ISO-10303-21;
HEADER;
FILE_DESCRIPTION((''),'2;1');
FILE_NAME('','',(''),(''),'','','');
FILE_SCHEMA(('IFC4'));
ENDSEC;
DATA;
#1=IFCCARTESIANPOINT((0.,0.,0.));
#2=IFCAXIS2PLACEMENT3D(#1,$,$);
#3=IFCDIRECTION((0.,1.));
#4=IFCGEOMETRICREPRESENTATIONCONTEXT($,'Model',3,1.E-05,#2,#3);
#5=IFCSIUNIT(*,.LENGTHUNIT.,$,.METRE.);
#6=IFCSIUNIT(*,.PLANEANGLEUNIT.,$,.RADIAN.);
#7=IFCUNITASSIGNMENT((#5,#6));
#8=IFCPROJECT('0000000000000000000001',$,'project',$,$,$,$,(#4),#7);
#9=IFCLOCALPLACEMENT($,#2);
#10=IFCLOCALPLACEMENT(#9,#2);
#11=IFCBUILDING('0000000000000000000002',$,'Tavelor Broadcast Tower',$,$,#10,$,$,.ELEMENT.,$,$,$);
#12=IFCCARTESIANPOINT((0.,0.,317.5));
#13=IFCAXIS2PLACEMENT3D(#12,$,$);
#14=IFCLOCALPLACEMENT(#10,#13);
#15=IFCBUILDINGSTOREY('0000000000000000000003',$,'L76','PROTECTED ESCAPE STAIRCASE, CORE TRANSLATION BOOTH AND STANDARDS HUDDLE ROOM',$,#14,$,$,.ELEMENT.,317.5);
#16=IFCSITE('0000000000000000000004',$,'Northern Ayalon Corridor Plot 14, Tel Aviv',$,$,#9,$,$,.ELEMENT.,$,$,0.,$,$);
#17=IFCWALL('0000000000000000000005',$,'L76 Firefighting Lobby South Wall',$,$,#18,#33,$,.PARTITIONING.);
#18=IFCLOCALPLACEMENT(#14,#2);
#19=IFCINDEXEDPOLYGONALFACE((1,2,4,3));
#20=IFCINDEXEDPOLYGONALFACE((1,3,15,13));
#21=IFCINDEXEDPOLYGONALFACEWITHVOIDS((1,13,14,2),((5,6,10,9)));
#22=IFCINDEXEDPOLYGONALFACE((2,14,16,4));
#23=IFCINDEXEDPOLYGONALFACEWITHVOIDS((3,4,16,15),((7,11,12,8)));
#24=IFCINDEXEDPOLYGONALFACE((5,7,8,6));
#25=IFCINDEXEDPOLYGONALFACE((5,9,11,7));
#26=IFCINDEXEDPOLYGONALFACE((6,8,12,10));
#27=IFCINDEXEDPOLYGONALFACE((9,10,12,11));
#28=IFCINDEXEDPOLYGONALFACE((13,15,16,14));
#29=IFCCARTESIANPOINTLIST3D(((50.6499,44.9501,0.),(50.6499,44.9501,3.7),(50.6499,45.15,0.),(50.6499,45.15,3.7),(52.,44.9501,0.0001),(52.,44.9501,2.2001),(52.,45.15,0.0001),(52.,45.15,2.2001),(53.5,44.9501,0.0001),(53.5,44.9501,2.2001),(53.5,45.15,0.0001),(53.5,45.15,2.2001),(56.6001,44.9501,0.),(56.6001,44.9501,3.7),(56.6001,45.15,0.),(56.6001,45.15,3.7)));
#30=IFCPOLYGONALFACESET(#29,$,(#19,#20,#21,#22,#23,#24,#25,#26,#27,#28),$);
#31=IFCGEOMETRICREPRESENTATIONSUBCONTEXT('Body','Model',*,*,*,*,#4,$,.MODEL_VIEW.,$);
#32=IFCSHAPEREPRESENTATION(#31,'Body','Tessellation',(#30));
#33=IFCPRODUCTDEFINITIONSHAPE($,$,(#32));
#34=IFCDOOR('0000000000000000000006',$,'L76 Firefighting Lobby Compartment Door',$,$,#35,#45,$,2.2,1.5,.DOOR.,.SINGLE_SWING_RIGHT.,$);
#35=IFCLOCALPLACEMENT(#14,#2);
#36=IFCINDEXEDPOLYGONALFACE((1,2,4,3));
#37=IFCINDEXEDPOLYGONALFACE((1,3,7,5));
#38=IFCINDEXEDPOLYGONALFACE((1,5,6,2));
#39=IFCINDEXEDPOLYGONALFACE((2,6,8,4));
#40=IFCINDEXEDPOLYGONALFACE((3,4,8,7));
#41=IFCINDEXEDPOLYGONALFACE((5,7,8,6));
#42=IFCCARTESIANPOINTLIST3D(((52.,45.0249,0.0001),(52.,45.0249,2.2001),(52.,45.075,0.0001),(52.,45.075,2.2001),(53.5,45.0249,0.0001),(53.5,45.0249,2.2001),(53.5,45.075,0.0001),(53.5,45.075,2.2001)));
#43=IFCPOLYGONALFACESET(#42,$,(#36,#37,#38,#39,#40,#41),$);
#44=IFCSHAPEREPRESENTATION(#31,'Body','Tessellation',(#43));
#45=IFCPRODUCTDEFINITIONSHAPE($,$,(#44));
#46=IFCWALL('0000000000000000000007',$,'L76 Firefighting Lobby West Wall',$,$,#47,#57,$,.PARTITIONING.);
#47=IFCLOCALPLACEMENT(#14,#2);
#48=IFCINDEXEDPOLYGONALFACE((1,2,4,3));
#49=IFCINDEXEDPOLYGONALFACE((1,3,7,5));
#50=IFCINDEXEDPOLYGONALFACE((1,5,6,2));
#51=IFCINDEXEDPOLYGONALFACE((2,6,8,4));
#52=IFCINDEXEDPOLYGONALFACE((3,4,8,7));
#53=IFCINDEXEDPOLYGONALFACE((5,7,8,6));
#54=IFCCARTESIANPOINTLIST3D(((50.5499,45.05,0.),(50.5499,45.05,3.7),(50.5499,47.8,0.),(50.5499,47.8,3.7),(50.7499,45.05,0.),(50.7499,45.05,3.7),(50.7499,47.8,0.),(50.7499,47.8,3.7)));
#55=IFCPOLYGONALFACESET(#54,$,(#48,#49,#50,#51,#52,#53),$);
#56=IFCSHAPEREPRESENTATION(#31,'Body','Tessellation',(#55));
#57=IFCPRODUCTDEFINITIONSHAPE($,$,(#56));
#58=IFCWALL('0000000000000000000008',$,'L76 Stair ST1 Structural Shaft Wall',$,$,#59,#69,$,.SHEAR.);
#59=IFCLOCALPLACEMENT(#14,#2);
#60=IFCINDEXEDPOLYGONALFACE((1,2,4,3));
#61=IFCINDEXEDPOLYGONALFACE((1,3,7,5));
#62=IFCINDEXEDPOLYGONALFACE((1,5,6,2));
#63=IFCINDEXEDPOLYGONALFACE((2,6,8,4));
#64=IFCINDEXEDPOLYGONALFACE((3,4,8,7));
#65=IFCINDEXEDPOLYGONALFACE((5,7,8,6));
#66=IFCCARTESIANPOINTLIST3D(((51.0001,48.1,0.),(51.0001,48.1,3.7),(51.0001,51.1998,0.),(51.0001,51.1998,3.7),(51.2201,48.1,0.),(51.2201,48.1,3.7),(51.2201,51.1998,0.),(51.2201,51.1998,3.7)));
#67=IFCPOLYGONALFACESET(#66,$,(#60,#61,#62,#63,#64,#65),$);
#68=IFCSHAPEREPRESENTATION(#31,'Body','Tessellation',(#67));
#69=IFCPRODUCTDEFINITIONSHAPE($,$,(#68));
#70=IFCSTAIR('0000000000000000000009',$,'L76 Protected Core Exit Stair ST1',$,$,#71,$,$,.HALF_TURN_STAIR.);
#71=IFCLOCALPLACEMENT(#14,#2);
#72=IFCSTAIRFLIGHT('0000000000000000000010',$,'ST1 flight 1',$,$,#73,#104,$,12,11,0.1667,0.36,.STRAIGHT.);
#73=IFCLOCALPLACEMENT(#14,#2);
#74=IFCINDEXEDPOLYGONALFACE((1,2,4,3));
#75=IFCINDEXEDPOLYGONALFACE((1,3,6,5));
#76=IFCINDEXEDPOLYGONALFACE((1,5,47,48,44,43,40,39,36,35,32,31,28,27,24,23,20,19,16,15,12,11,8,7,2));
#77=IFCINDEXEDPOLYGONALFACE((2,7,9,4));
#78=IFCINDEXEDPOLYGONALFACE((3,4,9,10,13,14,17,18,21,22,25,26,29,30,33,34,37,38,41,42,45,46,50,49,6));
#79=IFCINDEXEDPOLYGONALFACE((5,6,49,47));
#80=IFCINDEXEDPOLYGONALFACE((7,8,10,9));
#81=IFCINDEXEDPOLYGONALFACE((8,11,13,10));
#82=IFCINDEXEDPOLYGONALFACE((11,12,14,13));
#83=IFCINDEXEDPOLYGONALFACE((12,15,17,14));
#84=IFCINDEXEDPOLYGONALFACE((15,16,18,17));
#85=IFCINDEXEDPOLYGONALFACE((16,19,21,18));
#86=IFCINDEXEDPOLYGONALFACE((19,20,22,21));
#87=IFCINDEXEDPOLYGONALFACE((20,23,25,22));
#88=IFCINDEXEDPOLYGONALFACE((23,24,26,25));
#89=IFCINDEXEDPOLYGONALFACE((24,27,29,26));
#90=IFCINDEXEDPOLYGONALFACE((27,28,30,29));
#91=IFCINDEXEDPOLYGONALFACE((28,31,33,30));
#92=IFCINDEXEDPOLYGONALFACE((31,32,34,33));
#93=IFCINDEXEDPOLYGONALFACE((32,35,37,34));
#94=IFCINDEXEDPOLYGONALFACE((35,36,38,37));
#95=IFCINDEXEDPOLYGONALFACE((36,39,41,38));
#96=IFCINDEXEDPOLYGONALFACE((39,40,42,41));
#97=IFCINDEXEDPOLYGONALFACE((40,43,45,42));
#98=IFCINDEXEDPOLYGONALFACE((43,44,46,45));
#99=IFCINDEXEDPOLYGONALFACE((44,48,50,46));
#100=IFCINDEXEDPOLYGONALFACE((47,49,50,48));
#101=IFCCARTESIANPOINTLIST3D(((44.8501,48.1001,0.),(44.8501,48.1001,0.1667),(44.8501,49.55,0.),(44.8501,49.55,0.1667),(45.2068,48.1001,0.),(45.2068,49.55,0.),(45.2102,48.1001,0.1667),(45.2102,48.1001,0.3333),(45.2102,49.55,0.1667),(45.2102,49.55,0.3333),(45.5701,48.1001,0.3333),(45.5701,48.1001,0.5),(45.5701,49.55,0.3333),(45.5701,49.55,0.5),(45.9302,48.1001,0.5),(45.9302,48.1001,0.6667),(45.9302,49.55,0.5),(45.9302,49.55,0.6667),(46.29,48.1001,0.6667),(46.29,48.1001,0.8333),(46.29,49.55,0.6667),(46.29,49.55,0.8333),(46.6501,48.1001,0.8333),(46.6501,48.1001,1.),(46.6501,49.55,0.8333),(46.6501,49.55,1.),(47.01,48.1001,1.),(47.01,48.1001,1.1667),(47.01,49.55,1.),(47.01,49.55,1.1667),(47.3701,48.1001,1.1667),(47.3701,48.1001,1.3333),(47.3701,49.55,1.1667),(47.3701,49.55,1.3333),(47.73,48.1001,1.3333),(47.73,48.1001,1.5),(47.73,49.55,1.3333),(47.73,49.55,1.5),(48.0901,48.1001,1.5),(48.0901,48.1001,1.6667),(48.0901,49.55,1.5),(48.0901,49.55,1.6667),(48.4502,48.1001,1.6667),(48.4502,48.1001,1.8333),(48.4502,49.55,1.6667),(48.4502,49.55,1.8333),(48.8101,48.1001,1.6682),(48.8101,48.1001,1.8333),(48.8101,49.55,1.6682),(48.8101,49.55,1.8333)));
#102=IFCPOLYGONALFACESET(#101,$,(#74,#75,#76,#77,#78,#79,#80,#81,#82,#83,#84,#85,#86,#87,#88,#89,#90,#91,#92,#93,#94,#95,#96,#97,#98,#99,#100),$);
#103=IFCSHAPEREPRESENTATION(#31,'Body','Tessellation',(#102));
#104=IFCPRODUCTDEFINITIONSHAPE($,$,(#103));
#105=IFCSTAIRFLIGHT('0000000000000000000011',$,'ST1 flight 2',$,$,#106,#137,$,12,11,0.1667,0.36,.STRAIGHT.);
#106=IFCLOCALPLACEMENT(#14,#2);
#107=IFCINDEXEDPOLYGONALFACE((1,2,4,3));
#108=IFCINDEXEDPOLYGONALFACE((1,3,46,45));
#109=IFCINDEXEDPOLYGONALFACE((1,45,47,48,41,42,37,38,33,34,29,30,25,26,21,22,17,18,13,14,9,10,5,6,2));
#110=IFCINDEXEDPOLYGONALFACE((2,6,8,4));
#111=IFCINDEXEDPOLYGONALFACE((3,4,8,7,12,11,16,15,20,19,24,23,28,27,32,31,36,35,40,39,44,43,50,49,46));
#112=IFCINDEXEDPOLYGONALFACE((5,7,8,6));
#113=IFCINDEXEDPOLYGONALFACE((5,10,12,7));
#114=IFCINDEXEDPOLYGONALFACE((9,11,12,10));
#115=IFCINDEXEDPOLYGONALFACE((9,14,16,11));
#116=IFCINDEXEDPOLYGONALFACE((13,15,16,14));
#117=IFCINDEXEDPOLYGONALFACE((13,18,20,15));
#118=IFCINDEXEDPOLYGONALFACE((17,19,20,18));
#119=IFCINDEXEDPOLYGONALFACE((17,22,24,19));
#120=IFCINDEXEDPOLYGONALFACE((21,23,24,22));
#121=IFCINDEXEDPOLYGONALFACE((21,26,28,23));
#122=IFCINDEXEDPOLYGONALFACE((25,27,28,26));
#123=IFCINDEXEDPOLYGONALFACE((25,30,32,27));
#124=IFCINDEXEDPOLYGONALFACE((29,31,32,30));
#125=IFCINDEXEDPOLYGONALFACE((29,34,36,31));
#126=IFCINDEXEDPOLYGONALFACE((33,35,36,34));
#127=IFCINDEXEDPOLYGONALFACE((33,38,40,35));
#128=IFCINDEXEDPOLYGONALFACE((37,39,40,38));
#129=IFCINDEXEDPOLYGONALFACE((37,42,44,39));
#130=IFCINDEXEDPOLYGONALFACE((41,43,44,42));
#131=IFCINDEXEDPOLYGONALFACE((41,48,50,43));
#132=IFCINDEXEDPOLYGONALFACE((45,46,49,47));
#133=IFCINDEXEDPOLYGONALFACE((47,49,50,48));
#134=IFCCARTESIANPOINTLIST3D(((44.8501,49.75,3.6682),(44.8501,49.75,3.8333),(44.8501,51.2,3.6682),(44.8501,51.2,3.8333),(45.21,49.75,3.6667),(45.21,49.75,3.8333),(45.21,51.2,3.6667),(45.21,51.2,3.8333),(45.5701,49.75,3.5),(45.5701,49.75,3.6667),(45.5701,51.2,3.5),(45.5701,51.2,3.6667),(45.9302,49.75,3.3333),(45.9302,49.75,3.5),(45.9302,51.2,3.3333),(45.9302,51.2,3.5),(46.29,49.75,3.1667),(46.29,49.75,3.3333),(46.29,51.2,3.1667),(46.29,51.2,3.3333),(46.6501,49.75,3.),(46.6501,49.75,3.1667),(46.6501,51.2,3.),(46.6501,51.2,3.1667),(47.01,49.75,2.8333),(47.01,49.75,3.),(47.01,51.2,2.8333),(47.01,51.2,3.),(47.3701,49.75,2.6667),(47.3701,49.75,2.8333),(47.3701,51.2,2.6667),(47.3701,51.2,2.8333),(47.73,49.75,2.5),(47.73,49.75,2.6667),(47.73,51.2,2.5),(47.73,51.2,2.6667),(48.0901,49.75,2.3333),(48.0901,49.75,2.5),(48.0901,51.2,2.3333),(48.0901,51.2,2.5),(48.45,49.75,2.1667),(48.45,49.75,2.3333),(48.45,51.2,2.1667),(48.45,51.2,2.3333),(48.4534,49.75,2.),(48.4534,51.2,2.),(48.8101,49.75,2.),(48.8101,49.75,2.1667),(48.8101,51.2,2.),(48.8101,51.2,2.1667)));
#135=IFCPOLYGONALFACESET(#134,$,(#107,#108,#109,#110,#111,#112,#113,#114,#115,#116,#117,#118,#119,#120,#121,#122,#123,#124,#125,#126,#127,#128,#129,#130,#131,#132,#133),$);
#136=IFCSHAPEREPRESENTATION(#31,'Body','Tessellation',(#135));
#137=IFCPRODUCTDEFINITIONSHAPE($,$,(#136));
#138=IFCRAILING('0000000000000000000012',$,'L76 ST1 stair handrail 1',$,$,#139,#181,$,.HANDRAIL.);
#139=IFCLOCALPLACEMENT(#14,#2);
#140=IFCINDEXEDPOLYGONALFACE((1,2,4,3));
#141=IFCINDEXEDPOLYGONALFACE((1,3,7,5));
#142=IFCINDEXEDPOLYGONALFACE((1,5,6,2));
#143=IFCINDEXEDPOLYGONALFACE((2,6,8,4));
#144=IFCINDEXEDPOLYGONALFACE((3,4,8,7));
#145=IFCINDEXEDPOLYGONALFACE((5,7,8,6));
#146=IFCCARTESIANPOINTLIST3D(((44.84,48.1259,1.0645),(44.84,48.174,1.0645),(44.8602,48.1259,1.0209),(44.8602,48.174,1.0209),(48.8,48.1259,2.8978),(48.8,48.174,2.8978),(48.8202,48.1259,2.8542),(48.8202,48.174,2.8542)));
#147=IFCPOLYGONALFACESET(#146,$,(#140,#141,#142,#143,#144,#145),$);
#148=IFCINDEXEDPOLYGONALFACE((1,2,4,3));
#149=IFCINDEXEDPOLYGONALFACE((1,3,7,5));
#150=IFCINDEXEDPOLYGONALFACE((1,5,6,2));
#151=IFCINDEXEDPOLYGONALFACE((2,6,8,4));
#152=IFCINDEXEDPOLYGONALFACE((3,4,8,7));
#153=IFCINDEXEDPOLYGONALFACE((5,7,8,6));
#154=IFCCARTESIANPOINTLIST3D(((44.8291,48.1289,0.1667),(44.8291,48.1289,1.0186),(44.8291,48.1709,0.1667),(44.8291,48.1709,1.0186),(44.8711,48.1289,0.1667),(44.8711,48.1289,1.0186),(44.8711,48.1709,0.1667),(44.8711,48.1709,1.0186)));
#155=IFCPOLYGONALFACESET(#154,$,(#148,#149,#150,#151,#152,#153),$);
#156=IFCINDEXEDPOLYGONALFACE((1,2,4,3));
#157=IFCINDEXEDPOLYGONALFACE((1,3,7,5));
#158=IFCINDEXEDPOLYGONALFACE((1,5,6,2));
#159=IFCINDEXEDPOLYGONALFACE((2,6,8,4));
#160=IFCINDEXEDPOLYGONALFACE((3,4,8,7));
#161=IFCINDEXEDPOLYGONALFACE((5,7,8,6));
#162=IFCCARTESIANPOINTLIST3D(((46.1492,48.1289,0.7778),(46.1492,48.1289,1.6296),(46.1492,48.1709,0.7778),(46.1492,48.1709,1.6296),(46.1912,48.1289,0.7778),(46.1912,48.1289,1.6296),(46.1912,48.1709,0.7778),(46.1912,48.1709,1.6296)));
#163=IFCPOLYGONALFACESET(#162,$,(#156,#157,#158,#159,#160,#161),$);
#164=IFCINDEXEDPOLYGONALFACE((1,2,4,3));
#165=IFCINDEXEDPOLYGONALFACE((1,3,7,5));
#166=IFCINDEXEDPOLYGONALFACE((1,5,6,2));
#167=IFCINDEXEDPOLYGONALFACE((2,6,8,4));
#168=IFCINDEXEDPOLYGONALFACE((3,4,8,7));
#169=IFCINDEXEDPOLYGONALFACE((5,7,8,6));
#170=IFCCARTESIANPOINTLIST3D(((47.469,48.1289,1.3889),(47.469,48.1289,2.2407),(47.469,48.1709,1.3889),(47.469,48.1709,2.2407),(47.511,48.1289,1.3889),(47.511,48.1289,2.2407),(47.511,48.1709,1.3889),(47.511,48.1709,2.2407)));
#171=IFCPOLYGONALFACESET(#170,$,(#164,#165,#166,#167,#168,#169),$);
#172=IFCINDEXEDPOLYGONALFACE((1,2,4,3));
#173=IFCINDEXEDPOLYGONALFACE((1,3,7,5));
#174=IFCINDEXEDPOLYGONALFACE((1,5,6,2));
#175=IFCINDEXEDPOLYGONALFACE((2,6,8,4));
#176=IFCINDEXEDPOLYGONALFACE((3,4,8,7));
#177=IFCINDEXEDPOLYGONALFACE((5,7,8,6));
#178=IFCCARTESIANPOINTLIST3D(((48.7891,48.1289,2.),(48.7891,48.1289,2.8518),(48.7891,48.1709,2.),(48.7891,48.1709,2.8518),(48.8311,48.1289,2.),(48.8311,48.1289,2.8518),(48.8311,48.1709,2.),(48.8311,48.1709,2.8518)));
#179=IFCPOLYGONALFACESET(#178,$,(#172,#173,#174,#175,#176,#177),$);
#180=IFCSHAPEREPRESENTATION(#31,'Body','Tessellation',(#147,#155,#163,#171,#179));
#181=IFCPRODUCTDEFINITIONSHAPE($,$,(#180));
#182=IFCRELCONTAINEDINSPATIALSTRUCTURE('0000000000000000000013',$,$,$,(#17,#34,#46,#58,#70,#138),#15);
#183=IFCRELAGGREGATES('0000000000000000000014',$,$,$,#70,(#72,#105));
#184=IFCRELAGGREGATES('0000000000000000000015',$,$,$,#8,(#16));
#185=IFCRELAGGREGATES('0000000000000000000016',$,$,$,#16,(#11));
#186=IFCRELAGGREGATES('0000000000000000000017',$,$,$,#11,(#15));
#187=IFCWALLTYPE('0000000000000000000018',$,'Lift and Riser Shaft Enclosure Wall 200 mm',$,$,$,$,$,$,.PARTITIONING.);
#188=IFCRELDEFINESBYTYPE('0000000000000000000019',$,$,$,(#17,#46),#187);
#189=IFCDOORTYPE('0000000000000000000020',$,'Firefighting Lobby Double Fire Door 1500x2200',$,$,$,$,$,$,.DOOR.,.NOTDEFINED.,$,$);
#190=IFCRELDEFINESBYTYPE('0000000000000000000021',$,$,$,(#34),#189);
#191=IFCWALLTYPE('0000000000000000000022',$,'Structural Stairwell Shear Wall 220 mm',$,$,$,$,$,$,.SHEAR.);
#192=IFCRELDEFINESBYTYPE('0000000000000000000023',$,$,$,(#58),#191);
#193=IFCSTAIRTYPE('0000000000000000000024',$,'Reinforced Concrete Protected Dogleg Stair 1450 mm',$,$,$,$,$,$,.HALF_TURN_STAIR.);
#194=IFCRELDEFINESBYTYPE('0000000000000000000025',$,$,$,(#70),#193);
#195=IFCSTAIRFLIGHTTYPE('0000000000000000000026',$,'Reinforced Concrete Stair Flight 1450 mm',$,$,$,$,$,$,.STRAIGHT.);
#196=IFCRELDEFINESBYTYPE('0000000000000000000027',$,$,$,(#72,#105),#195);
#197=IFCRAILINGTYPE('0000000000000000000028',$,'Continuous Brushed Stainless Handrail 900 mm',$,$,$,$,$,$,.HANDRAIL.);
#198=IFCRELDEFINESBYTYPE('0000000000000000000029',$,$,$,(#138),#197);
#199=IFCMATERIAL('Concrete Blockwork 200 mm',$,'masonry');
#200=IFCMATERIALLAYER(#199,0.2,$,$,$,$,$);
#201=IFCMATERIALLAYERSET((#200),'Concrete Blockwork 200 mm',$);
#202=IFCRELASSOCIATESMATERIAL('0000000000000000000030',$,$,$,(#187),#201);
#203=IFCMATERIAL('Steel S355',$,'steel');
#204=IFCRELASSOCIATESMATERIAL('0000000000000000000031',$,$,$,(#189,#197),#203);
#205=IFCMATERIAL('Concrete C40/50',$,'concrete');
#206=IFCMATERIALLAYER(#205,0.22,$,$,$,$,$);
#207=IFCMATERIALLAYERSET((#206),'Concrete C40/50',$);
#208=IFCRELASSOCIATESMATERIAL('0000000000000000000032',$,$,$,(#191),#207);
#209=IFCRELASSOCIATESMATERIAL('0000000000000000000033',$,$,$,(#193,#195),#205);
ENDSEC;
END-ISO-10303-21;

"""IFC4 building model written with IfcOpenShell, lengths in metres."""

from ifc_helpers import new_model, si_unit, direction, frame, frame_2d, origin, origin_2d, place, context, subcontext, project, spatial, polyline, rectangle, outline, extrude, material, layer, layer_set, type_object, element, fill, aggregate, save


model = new_model("IFC4")

# Units and contexts
model_context = context("Model", 3, precision=1e-05, world=origin(), true_north=direction((0.0, 1.0)))
body_context = subcontext(model_context, "Body", "Model", "MODEL_VIEW")
ifc_project = project(units=[si_unit("LENGTHUNIT", "METRE"), si_unit("PLANEANGLEUNIT", "RADIAN")], contexts=[model_context])

# Site, building, storey
site_placement = place(None, origin())
site = spatial("IfcSite", under=ifc_project, at=site_placement, Name="Northern Ayalon Corridor Plot 14, Tel Aviv", CompositionType="ELEMENT", RefElevation=0.0)
building_placement = place(site_placement, origin())
building = spatial("IfcBuilding", under=site, at=building_placement, Name="Tavelor Broadcast Tower", CompositionType="ELEMENT")
storey_placement = place(building_placement, frame((0.0, 0.0, 317.5)))
storey = spatial("IfcBuildingStorey", under=building, at=storey_placement, Name="L76", Description="PROTECTED ESCAPE STAIRCASE, CORE TRANSLATION BOOTH AND STANDARDS HUDDLE ROOM", CompositionType="ELEMENT", Elevation=317.5)

# Shared definitions
ifc_material_1 = material(Name="Steel S355", Category="steel")

# Shared definitions
ifc_material_2 = material(Name="Concrete Blockwork 200 mm", Category="masonry")

# Shared definitions
ifc_layer_1 = layer(ifc_material_2, 0.2)
ifc_layer_set_1 = layer_set([ifc_layer_1], Name="Concrete Blockwork 200 mm")
wall_type_1 = type_object("IfcWallType", Name="Lift and Riser Shaft Enclosure Wall 200 mm", PredefinedType="PARTITIONING", material=ifc_layer_set_1)

# Wall, opening, door
wall_1_placement = place(storey_placement, frame((50.6499, 45.05, 0.0), z_axis=(0.0, 0.0, 1.0), x_axis=(1.0, 0.0, 0.0)))
wall_1 = element("IfcWall", 1, at=wall_1_placement, inside=storey, type_object=wall_type_1, Name="L76 Firefighting Lobby South Wall", PredefinedType="PARTITIONING", context=body_context, shape_type="SweptSolid", body=[
    extrude(rectangle(XDim=5.9502, YDim=0.2, at=frame_2d((2.9751, 0.0))), origin(), (0.0, 0.0, 1.0), 3.7),
])
opening_1_placement = place(wall_1_placement, frame((1.3501, 0.0, 0.0)))
opening_1 = element("IfcOpeningElement", 2, at=opening_1_placement, cuts=wall_1, PredefinedType="OPENING", context=body_context, shape_type="SweptSolid", body=[
    extrude(rectangle(XDim=1.5, YDim=2.2, at=frame_2d((0.75, 1.1001))), frame((0.0, 0.1099, 0.0), z_axis=(0.0, -1.0, 0.0), x_axis=(1.0, 0.0, 0.0)), (0.0, 0.0, 1.0), 0.22),
])
door_type_1 = type_object("IfcDoorType", Name="Firefighting Lobby Double Fire Door 1500x2200", OperationType="NOTDEFINED", PredefinedType="DOOR", material=ifc_material_1)
door_1_placement = place(opening_1_placement, origin())
door_1 = element("IfcDoor", 3, at=door_1_placement, inside=storey, type_object=door_type_1, Name="L76 Firefighting Lobby Compartment Door", OperationType="SINGLE_SWING_RIGHT", OverallHeight=2.2, OverallWidth=1.5, PredefinedType="DOOR", context=body_context, shape_type="SweptSolid", body=[
    extrude(rectangle(XDim=1.5, YDim=2.2, at=frame_2d((0.75, 1.1001))), frame((0.0, 0.0249, 0.0), z_axis=(0.0, -1.0, 0.0), x_axis=(1.0, 0.0, 0.0)), (0.0, 0.0, 1.0), 0.05),
])
fill(opening_1, door_1)

# Walls
wall_2_placement = place(storey_placement, frame((50.6499, 45.05, 0.0), z_axis=(0.0, 0.0, 1.0), x_axis=(0.0, 1.0, 0.0)))
element("IfcWall", 4, at=wall_2_placement, inside=storey, type_object=wall_type_1, Name="L76 Firefighting Lobby West Wall", PredefinedType="PARTITIONING", context=body_context, shape_type="SweptSolid", body=[
    extrude(rectangle(XDim=2.75, YDim=0.2, at=frame_2d((1.375, 0.0))), origin(), (0.0, 0.0, 1.0), 3.7),
])
ifc_material_3 = material(Name="Concrete C40/50", Category="concrete")
ifc_layer_2 = layer(ifc_material_3, 0.22)
ifc_layer_set_2 = layer_set([ifc_layer_2], Name="Concrete C40/50")
wall_type_2 = type_object("IfcWallType", Name="Structural Stairwell Shear Wall 220 mm", PredefinedType="SHEAR", material=ifc_layer_set_2)
wall_3_placement = place(storey_placement, frame((51.1101, 48.1001, 0.0), z_axis=(0.0, 0.0, 1.0), x_axis=(0.0, 1.0, 0.0)))
element("IfcWall", 5, at=wall_3_placement, inside=storey, type_object=wall_type_2, Name="L76 Stair ST1 Structural Shaft Wall", PredefinedType="SHEAR", context=body_context, shape_type="SweptSolid", body=[
    extrude(rectangle(XDim=3.0999, YDim=0.22, at=frame_2d((1.5498, 0.0))), origin(), (0.0, 0.0, 1.0), 3.7),
])

# Stair, stair flights
stair_type = type_object("IfcStairType", Name="Reinforced Concrete Protected Dogleg Stair 1450 mm", PredefinedType="HALF_TURN_STAIR", material=ifc_material_3)
stair_placement = place(storey_placement, origin())
stair = element("IfcStair", 6, at=stair_placement, inside=storey, type_object=stair_type, Name="L76 Protected Core Exit Stair ST1", PredefinedType="HALF_TURN_STAIR")
stair_flight_type = type_object("IfcStairFlightType", Name="Reinforced Concrete Stair Flight 1450 mm", PredefinedType="STRAIGHT", material=ifc_material_3)
stair_flight_1_placement = place(storey_placement, frame((44.8501, 48.825, 0.0), z_axis=(0.0, 0.0, 1.0), x_axis=(1.0, 0.0, 0.0)))
stair_flight_1 = element("IfcStairFlight", 7, at=stair_flight_1_placement, type_object=stair_flight_type, Name="ST1 flight 1", NumberOfRisers=12, NumberOfTreads=11, PredefinedType="STRAIGHT", RiserHeight=0.1667, TreadLength=0.36, context=body_context, shape_type="SweptSolid", body=[
    extrude(outline(polyline([(0.0, 0.0), (0.0, 0.1667), (0.3601, 0.1667), (0.3601, 0.3333), (0.72, 0.3333), (0.72, 0.5), (1.0801, 0.5), (1.0801, 0.6667), (1.4399, 0.6667), (1.4399, 0.8333), (1.8, 0.8333), (1.8, 1.0), (2.1599, 1.0), (2.1599, 1.1667), (2.52, 1.1667), (2.52, 1.3333), (2.8799, 1.3333), (2.8799, 1.5), (3.24, 1.5), (3.24, 1.6667), (3.6001, 1.6667), (3.6001, 1.8333), (3.96, 1.8333), (3.96, 2.0), (3.96, 1.6682), (0.3567, 0.0), (0.0, 0.0)])), frame((0.0, 0.7251, 0.0), z_axis=(0.0, -1.0, 0.0), x_axis=(1.0, 0.0, 0.0)), (0.0, 0.0, 1.0), 1.45),
])
stair_flight_2_placement = place(storey_placement, frame((48.8101, 50.4751, 2.0), z_axis=(0.0, 0.0, 1.0), x_axis=(-1.0, 0.0, 0.0)))
stair_flight_2 = element("IfcStairFlight", 8, at=stair_flight_2_placement, type_object=stair_flight_type, Name="ST1 flight 2", NumberOfRisers=12, NumberOfTreads=11, PredefinedType="STRAIGHT", RiserHeight=0.1667, TreadLength=0.36, context=body_context, shape_type="SweptSolid", body=[
    extrude(outline(polyline([(0.0, 0.0), (0.0, 0.1667), (0.3601, 0.1667), (0.3601, 0.3333), (0.72, 0.3333), (0.72, 0.5), (1.0801, 0.5), (1.0801, 0.6667), (1.4399, 0.6667), (1.4399, 0.8333), (1.8, 0.8333), (1.8, 1.0), (2.1599, 1.0), (2.1599, 1.1667), (2.52, 1.1667), (2.52, 1.3333), (2.8799, 1.3333), (2.8799, 1.5), (3.24, 1.5), (3.24, 1.6667), (3.6001, 1.6667), (3.6001, 1.8333), (3.96, 1.8333), (3.96, 2.0), (3.96, 1.6682), (0.3567, 0.0), (0.0, 0.0)])), frame((0.0, 0.7251, 0.0), z_axis=(0.0, -1.0, 0.0), x_axis=(1.0, 0.0, 0.0)), (0.0, 0.0, 1.0), 1.45),
])
aggregate(stair, [stair_flight_1, stair_flight_2])

# Railing
railing_type_1 = type_object("IfcRailingType", Name="Continuous Brushed Stainless Handrail 900 mm", PredefinedType="HANDRAIL", material=ifc_material_1)
railing_1_placement = place(storey_placement, frame((44.8501, 48.1499, 0.1667)))
element("IfcRailing", 9, at=railing_1_placement, inside=storey, type_object=railing_type_1, Name="L76 ST1 stair handrail 1", PredefinedType="HANDRAIL", context=body_context, shape_type="SweptSolid", body=[
    extrude(rectangle(XDim=0.0481, YDim=0.0481, at=origin_2d()), frame((0.0, 0.0, 0.876), z_axis=(0.907472, 0.0, 0.420112), x_axis=(0.0, 1.0, 0.0)), (0.0, 0.0, 1.0), 4.3638),
    extrude(rectangle(XDim=0.042, YDim=0.042, at=origin_2d()), origin(), (0.0, 0.0, 1.0), 0.8518),
    extrude(rectangle(XDim=0.042, YDim=0.042, at=origin_2d()), frame((1.3201, 0.0, 0.6111)), (0.0, 0.0, 1.0), 0.8518),
    extrude(rectangle(XDim=0.042, YDim=0.042, at=origin_2d()), frame((2.6399, 0.0, 1.2222)), (0.0, 0.0, 1.0), 0.8518),
    extrude(rectangle(XDim=0.042, YDim=0.042, at=origin_2d()), frame((3.96, 0.0, 1.8333)), (0.0, 0.0, 1.0), 0.8518),
])

save(model, "model.ifc")
